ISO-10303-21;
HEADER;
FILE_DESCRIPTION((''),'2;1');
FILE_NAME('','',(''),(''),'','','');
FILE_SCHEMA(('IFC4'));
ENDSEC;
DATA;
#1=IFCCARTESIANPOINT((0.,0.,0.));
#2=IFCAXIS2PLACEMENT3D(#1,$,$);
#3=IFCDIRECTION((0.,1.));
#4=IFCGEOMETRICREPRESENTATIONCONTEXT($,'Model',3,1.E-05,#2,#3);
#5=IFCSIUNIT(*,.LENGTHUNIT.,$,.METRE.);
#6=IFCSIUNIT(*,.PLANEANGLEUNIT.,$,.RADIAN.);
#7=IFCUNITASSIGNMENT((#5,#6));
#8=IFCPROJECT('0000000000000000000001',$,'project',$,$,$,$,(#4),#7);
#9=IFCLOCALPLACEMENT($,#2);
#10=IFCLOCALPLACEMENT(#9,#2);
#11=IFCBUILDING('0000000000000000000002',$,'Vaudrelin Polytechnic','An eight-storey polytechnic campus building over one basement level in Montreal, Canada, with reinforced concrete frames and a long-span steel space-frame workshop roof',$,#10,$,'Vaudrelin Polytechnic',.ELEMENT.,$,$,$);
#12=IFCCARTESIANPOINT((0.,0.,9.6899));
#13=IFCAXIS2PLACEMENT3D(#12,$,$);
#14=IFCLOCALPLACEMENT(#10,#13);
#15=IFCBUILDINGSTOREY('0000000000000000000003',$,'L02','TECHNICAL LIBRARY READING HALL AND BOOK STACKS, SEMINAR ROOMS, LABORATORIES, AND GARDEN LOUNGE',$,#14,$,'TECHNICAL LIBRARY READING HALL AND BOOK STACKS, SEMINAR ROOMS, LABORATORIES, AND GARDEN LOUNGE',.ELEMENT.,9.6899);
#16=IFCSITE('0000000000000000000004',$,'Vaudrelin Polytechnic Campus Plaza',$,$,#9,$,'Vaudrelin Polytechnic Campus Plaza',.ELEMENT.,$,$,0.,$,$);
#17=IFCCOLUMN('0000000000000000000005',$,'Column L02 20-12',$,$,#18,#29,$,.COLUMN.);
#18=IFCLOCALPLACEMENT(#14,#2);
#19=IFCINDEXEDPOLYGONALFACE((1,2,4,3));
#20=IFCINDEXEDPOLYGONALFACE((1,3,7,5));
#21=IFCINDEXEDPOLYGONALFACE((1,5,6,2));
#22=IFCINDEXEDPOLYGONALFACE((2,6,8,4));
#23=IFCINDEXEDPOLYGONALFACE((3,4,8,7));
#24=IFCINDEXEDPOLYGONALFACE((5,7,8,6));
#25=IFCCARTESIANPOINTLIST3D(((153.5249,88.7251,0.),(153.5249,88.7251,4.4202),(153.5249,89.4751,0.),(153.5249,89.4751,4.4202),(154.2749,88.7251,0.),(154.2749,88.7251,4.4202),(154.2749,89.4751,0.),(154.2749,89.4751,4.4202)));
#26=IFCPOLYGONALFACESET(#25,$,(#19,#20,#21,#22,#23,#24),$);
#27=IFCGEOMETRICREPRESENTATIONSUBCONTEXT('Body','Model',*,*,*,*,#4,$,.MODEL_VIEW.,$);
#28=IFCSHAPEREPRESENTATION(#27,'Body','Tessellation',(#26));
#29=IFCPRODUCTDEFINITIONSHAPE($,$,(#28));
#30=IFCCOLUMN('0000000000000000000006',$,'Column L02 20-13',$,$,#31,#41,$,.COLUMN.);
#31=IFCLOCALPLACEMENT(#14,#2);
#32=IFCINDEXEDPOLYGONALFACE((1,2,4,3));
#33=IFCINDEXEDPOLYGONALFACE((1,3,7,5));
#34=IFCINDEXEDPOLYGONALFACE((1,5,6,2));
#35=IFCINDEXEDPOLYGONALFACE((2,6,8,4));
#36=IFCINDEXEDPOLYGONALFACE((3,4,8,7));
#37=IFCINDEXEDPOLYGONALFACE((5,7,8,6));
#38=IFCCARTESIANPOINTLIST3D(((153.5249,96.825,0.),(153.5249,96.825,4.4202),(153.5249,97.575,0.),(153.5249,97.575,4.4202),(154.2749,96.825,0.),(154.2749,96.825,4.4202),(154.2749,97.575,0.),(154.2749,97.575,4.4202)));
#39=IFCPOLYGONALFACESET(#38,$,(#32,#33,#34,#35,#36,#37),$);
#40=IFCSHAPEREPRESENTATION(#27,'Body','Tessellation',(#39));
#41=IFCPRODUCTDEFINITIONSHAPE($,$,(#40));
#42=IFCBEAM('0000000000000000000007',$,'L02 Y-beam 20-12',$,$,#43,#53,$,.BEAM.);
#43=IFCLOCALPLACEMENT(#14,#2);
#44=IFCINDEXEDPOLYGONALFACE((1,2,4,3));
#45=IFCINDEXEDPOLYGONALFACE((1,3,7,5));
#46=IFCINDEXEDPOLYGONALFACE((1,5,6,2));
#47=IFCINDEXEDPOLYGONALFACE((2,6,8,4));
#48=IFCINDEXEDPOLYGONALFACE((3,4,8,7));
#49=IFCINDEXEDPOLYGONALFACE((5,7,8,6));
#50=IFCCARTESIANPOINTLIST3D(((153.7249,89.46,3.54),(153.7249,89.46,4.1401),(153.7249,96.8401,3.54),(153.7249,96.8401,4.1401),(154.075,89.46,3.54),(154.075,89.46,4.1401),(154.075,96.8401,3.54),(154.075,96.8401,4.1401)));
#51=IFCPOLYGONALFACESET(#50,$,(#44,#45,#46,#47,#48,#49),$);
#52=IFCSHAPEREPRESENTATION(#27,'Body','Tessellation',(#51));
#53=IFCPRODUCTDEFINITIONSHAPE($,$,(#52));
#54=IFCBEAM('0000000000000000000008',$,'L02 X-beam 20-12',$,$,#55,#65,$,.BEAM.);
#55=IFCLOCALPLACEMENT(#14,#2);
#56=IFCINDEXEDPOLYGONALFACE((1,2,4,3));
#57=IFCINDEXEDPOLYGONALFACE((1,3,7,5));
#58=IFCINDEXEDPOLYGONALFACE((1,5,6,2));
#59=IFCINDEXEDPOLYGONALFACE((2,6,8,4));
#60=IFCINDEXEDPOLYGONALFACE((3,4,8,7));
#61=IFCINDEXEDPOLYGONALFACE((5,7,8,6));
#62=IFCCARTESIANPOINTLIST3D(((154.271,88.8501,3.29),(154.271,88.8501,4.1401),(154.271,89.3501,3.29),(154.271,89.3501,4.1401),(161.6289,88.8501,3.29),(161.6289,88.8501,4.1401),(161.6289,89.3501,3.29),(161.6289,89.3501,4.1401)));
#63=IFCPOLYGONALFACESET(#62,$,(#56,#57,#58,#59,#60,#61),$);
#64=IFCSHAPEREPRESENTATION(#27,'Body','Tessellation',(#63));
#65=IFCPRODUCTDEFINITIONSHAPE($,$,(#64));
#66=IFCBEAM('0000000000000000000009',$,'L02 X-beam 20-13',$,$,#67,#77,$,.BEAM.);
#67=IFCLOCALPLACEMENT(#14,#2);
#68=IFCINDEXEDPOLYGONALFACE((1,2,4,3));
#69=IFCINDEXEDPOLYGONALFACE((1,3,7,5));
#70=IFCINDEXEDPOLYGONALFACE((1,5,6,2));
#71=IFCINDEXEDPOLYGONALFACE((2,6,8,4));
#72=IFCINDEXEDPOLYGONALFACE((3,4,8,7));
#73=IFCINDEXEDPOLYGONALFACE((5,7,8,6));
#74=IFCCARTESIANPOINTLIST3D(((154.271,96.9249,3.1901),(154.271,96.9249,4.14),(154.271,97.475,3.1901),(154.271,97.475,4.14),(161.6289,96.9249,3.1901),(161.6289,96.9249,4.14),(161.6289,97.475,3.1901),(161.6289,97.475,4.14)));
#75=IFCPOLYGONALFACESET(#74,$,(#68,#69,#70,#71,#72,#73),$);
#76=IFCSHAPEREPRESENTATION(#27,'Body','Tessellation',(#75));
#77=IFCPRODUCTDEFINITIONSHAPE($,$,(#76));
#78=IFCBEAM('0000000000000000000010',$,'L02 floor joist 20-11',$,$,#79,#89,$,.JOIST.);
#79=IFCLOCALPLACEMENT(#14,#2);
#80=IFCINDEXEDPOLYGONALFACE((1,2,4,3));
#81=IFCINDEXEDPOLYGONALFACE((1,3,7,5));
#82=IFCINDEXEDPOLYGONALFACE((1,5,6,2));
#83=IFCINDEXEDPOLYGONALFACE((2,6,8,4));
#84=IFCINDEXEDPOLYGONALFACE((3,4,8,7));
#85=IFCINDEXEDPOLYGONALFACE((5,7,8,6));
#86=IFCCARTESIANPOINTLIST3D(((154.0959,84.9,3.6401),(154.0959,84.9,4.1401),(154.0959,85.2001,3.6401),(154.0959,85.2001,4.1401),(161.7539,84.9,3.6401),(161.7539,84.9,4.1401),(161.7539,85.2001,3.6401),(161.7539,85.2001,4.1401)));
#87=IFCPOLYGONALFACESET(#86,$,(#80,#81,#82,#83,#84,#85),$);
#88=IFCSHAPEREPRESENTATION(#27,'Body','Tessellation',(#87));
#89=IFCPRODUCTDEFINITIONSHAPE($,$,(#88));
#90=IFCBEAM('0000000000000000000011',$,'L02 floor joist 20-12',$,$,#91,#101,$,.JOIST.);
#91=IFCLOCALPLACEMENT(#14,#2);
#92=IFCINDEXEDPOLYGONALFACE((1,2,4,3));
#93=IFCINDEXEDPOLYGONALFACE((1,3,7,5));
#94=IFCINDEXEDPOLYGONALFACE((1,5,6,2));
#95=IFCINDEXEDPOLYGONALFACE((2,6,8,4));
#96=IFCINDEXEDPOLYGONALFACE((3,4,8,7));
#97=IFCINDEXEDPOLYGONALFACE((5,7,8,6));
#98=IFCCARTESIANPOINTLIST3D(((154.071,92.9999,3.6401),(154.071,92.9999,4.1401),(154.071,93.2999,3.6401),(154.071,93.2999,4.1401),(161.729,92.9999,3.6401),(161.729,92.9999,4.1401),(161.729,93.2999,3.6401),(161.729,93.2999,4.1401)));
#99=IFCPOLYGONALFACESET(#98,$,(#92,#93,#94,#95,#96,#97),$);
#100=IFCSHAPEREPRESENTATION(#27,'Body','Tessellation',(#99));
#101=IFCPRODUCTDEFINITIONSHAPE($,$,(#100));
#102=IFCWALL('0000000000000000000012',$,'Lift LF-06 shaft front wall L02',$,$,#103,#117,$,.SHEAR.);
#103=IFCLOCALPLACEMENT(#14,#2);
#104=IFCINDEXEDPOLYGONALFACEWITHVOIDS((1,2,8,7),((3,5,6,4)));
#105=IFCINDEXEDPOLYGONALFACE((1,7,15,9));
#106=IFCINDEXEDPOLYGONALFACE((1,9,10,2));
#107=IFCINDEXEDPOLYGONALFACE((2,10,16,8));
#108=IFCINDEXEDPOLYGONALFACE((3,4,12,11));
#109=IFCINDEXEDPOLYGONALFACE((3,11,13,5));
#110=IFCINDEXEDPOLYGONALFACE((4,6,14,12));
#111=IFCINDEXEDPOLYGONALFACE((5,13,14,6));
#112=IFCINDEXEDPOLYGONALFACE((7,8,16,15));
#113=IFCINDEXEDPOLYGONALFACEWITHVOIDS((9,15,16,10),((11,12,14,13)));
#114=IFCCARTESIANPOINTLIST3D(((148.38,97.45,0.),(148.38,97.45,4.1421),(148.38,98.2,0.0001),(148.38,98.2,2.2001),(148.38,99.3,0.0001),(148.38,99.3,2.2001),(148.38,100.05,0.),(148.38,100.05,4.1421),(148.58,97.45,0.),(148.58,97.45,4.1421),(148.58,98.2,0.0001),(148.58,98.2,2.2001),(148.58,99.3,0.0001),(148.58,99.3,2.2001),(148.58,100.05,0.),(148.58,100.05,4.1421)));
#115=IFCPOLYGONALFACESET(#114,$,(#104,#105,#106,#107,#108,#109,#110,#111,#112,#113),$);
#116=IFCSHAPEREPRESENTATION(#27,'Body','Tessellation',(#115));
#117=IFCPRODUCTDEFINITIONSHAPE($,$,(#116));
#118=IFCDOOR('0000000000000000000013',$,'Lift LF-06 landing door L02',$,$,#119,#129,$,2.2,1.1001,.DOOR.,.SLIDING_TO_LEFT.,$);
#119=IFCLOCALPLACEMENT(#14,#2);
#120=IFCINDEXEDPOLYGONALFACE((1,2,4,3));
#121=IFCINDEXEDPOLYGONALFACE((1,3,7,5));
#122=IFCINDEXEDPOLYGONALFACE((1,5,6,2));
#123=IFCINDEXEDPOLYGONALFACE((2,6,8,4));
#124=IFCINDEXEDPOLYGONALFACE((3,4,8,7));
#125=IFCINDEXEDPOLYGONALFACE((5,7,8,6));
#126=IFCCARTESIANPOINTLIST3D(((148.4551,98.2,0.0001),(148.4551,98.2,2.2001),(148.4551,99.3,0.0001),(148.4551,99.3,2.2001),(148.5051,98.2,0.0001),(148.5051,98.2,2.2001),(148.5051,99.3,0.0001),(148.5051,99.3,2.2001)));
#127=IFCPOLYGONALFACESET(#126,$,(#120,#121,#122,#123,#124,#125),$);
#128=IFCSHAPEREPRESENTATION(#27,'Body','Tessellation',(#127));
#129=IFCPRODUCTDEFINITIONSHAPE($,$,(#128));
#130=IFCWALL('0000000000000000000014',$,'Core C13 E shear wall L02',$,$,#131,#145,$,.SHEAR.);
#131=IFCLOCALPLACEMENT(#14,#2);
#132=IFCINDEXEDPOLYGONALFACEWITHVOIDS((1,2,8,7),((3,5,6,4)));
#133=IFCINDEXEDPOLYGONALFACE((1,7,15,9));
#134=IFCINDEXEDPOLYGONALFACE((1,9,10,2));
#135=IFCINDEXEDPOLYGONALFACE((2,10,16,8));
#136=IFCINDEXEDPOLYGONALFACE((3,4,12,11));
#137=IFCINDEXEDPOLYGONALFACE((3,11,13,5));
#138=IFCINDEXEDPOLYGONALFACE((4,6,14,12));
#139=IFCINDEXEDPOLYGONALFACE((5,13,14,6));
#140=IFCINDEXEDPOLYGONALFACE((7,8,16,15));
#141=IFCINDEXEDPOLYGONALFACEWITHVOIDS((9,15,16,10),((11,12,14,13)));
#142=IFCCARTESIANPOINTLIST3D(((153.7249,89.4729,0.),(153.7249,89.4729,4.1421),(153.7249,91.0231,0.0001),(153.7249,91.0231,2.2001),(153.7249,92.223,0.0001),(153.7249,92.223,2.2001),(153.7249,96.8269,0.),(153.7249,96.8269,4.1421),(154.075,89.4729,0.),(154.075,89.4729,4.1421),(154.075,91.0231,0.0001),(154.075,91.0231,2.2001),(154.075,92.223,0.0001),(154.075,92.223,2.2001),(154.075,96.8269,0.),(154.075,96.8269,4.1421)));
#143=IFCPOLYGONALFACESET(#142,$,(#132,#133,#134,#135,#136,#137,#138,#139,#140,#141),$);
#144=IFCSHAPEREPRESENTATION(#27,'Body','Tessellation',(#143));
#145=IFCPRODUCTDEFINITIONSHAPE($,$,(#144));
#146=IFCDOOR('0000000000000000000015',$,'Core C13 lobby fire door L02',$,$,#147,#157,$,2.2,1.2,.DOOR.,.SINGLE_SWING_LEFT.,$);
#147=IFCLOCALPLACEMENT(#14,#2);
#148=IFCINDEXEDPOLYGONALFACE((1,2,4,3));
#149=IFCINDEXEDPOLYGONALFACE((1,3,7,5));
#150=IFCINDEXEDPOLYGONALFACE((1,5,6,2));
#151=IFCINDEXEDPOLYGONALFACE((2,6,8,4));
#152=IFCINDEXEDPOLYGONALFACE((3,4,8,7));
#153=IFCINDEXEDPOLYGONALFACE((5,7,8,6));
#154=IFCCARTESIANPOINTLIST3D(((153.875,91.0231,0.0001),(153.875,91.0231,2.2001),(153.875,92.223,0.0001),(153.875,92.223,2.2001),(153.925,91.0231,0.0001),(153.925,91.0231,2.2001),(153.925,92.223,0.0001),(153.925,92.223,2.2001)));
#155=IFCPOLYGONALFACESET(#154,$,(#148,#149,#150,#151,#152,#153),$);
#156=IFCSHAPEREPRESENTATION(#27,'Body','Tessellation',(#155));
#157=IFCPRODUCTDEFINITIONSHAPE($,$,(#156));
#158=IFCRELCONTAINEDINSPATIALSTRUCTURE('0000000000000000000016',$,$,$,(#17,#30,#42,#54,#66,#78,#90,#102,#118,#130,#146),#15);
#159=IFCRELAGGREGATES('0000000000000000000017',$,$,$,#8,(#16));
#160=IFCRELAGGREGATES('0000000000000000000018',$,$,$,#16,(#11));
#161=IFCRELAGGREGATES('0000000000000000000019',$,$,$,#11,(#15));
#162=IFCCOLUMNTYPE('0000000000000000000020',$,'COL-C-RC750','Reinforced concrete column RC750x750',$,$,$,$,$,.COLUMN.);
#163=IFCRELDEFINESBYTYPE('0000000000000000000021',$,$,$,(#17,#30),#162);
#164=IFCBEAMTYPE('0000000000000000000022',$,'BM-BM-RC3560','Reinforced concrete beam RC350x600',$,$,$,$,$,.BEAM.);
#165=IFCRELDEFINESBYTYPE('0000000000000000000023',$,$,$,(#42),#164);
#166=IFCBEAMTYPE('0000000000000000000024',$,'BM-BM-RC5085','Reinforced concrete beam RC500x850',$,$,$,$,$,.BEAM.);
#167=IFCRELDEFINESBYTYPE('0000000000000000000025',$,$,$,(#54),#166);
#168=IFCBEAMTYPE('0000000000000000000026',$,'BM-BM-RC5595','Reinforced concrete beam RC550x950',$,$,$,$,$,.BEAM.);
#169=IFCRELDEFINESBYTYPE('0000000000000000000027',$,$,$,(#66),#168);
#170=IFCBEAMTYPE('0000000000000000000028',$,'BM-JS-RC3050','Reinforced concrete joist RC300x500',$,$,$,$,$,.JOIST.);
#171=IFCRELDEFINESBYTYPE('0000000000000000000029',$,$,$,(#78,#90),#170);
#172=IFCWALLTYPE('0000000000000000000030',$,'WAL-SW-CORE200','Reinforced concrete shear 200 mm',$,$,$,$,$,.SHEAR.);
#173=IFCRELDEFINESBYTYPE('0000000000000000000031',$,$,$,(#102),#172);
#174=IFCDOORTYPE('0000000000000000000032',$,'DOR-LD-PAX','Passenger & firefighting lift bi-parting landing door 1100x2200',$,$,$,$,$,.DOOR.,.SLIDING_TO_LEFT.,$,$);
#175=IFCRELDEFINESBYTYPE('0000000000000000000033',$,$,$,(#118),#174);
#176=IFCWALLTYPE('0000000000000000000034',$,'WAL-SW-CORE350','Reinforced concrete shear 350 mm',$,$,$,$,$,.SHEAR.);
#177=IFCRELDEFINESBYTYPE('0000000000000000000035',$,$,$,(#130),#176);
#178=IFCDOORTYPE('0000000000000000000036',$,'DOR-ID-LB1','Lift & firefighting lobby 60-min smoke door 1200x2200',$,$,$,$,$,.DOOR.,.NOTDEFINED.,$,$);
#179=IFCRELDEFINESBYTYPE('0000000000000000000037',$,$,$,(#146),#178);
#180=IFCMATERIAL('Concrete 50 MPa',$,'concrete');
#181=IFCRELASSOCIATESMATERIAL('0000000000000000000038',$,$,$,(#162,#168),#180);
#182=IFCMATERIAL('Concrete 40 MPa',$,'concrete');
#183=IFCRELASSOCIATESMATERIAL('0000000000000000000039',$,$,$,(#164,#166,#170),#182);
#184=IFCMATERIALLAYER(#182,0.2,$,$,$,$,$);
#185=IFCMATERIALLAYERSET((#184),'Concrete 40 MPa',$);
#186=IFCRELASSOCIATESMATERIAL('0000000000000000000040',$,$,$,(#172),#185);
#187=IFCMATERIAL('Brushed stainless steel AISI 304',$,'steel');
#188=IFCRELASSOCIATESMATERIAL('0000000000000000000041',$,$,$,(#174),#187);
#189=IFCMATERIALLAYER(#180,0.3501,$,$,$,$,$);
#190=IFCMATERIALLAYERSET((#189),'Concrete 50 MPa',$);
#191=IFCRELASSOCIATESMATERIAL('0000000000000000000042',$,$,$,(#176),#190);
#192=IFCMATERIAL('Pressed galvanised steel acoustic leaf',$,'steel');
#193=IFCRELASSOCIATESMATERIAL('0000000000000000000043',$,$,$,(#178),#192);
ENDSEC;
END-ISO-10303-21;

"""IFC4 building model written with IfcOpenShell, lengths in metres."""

from ifc_helpers import new_model, si_unit, direction, frame, frame_2d, origin, origin_2d, place, context, subcontext, project, spatial, rectangle, extrude, material, layer, layer_set, material_profile, profile_set, type_object, element, fill, save


model = new_model("IFC4")

# Units and contexts
model_context = context("Model", 3, precision=1e-05, world=origin(), true_north=direction((0.0, 1.0)))
body_context = subcontext(model_context, "Body", "Model", "MODEL_VIEW")
ifc_project = project(units=[si_unit("LENGTHUNIT", "METRE"), si_unit("PLANEANGLEUNIT", "RADIAN")], contexts=[model_context])

# Site, building, storey
site_placement = place(None, origin())
site = spatial("IfcSite", under=ifc_project, at=site_placement, Name="Vaudrelin Polytechnic Campus Plaza", LongName="Vaudrelin Polytechnic Campus Plaza", CompositionType="ELEMENT", RefElevation=0.0)
building_placement = place(site_placement, origin())
building = spatial("IfcBuilding", under=site, at=building_placement, Name="Vaudrelin Polytechnic", Description="An eight-storey polytechnic campus building over one basement level in Montreal, Canada, with reinforced concrete frames and a long-span steel space-frame workshop roof", LongName="Vaudrelin Polytechnic", CompositionType="ELEMENT")
storey_placement = place(building_placement, frame((0.0, 0.0, 9.6899)))
storey = spatial("IfcBuildingStorey", under=building, at=storey_placement, Name="L02", Description="TECHNICAL LIBRARY READING HALL AND BOOK STACKS, SEMINAR ROOMS, LABORATORIES, AND GARDEN LOUNGE", LongName="TECHNICAL LIBRARY READING HALL AND BOOK STACKS, SEMINAR ROOMS, LABORATORIES, AND GARDEN LOUNGE", CompositionType="ELEMENT", Elevation=9.6899)

# Columns
ifc_material_1 = material(Name="Concrete 50 MPa", Category="concrete")
ifc_material_profile_1 = material_profile(ifc_material_1, rectangle(XDim=0.75, YDim=0.75, at=origin_2d()), Name="RC750x750")
ifc_profile_set_1 = profile_set([ifc_material_profile_1], Name="Concrete 50 MPa")
column_type = type_object("IfcColumnType", Name="COL-C-RC750", Description="Reinforced concrete column RC750x750", PredefinedType="COLUMN", material=ifc_profile_set_1)
for number, where, z_axis, x_axis, name in (
    (1, (153.8999, 89.1001, 0.0), (0.0, 0.0, 1.0), (1.0, 0.0, 0.0), "Column L02 20-12"),
    (2, (153.8999, 97.2, 0.0), (0.0, 0.0, 1.0), (1.0, 0.0, 0.0), "Column L02 20-13"),
):
    element("IfcColumn", number, at=place(storey_placement, frame(where, z_axis=z_axis, x_axis=x_axis)), inside=storey, type_object=column_type, Name=name, PredefinedType="COLUMN", context=body_context, shape_type="SweptSolid", body=[
        extrude(rectangle(XDim=0.75, YDim=0.75, at=origin_2d()), origin(), (0.0, 0.0, 1.0), 4.4202),
    ])

# Beams
ifc_material_2 = material(Name="Concrete 40 MPa", Category="concrete")
ifc_material_profile_2 = material_profile(ifc_material_2, rectangle(XDim=0.3501, YDim=0.6001, at=origin_2d()), Name="RC350x600")
ifc_profile_set_2 = profile_set([ifc_material_profile_2], Name="Concrete 40 MPa")
beam_type_1 = type_object("IfcBeamType", Name="BM-BM-RC3560", Description="Reinforced concrete beam RC350x600", PredefinedType="BEAM", material=ifc_profile_set_2)
beam_1_placement = place(storey_placement, frame((153.8999, 89.46, 3.8401), z_axis=(0.0, 1.0, 0.0), x_axis=(-1.0, 0.0, 0.0)))
element("IfcBeam", 3, at=beam_1_placement, inside=storey, type_object=beam_type_1, Name="L02 Y-beam 20-12", PredefinedType="BEAM", context=body_context, shape_type="SweptSolid", body=[
    extrude(rectangle(XDim=0.3501, YDim=0.6001, at=origin_2d()), origin(), (0.0, 0.0, 1.0), 7.3801),
])
ifc_material_profile_3 = material_profile(ifc_material_2, rectangle(XDim=0.5, YDim=0.8501, at=origin_2d()), Name="RC500x850")
ifc_profile_set_3 = profile_set([ifc_material_profile_3], Name="Concrete 40 MPa")
beam_type_2 = type_object("IfcBeamType", Name="BM-BM-RC5085", Description="Reinforced concrete beam RC500x850", PredefinedType="BEAM", material=ifc_profile_set_3)
beam_2_placement = place(storey_placement, frame((154.271, 89.1001, 3.7151), z_axis=(1.0, 0.0, 0.0), x_axis=(0.0, 1.0, 0.0)))
element("IfcBeam", 4, at=beam_2_placement, inside=storey, type_object=beam_type_2, Name="L02 X-beam 20-12", PredefinedType="BEAM", context=body_context, shape_type="SweptSolid", body=[
    extrude(rectangle(XDim=0.5, YDim=0.8501, at=origin_2d()), origin(), (0.0, 0.0, 1.0), 7.3579),
])
ifc_material_profile_4 = material_profile(ifc_material_1, rectangle(XDim=0.55, YDim=0.95, at=origin_2d()), Name="RC550x950")
ifc_profile_set_4 = profile_set([ifc_material_profile_4], Name="Concrete 50 MPa")
beam_type_3 = type_object("IfcBeamType", Name="BM-BM-RC5595", Description="Reinforced concrete beam RC550x950", PredefinedType="BEAM", material=ifc_profile_set_4)
beam_3_placement = place(storey_placement, frame((154.271, 97.2, 3.665), z_axis=(1.0, 0.0, 0.0), x_axis=(0.0, 1.0, 0.0)))
element("IfcBeam", 5, at=beam_3_placement, inside=storey, type_object=beam_type_3, Name="L02 X-beam 20-13", PredefinedType="BEAM", context=body_context, shape_type="SweptSolid", body=[
    extrude(rectangle(XDim=0.55, YDim=0.95, at=origin_2d()), origin(), (0.0, 0.0, 1.0), 7.3579),
])
ifc_material_profile_5 = material_profile(ifc_material_2, rectangle(XDim=0.3, YDim=0.5, at=origin_2d()), Name="RC300x500")
ifc_profile_set_5 = profile_set([ifc_material_profile_5], Name="Concrete 40 MPa")
beam_type_4 = type_object("IfcBeamType", Name="BM-JS-RC3050", Description="Reinforced concrete joist RC300x500", PredefinedType="JOIST", material=ifc_profile_set_5)
for number, where, z_axis, x_axis, name in (
    (6, (154.0959, 85.05, 3.8901), (1.0, 0.0, 0.0), (0.0, 1.0, 0.0), "L02 floor joist 20-11"),
    (7, (154.071, 93.1499, 3.8901), (1.0, 0.0, 0.0), (0.0, 1.0, 0.0), "L02 floor joist 20-12"),
):
    element("IfcBeam", number, at=place(storey_placement, frame(where, z_axis=z_axis, x_axis=x_axis)), inside=storey, type_object=beam_type_4, Name=name, PredefinedType="JOIST", context=body_context, shape_type="SweptSolid", body=[
        extrude(rectangle(XDim=0.3, YDim=0.5, at=origin_2d()), origin(), (0.0, 0.0, 1.0), 7.658),
    ])

# Walls, openings, doors
ifc_material_3 = material(Name="Pressed galvanised steel acoustic leaf", Category="steel")
ifc_layer_1 = layer(ifc_material_2, 0.2)
ifc_layer_set_1 = layer_set([ifc_layer_1], Name="Concrete 40 MPa")
wall_type_1 = type_object("IfcWallType", Name="WAL-SW-CORE200", Description="Reinforced concrete shear 200 mm", PredefinedType="SHEAR", material=ifc_layer_set_1)
wall_1_placement = place(storey_placement, frame((148.48, 97.45, 0.0), z_axis=(0.0, 0.0, 1.0), x_axis=(0.0, 1.0, 0.0)))
wall_1 = element("IfcWall", 8, at=wall_1_placement, inside=storey, type_object=wall_type_1, Name="Lift LF-06 shaft front wall L02", PredefinedType="SHEAR", context=body_context, shape_type="SweptSolid", body=[
    extrude(rectangle(XDim=2.6001, YDim=0.2, at=frame_2d((1.3, 0.0))), origin(), (0.0, 0.0, 1.0), 4.1421),
])
opening_1_placement = place(wall_1_placement, frame((0.75, 0.0, 0.0)))
opening_1 = element("IfcOpeningElement", 9, at=opening_1_placement, cuts=wall_1, PredefinedType="OPENING", context=body_context, shape_type="SweptSolid", body=[
    extrude(rectangle(XDim=1.1001, YDim=2.2, at=frame_2d((0.55, 1.1001))), frame((0.0, 0.1099, 0.0), z_axis=(0.0, -1.0, 0.0), x_axis=(1.0, 0.0, 0.0)), (0.0, 0.0, 1.0), 0.22),
])
ifc_material_4 = material(Name="Brushed stainless steel AISI 304", Category="steel")
door_type_1 = type_object("IfcDoorType", Name="DOR-LD-PAX", Description="Passenger & firefighting lift bi-parting landing door 1100x2200", OperationType="SLIDING_TO_LEFT", PredefinedType="DOOR", material=ifc_material_4)
door_1_placement = place(opening_1_placement, origin())
door_1 = element("IfcDoor", 10, at=door_1_placement, inside=storey, type_object=door_type_1, Name="Lift LF-06 landing door L02", OperationType="SLIDING_TO_LEFT", OverallHeight=2.2, OverallWidth=1.1001, PredefinedType="DOOR", context=body_context, shape_type="SweptSolid", body=[
    extrude(rectangle(XDim=1.1001, YDim=2.2, at=frame_2d((0.55, 1.1001))), frame((0.0, 0.0249, 0.0), z_axis=(0.0, -1.0, 0.0), x_axis=(1.0, 0.0, 0.0)), (0.0, 0.0, 1.0), 0.05),
])
fill(opening_1, door_1)
ifc_layer_2 = layer(ifc_material_1, 0.3501)
ifc_layer_set_2 = layer_set([ifc_layer_2], Name="Concrete 50 MPa")
wall_type_2 = type_object("IfcWallType", Name="WAL-SW-CORE350", Description="Reinforced concrete shear 350 mm", PredefinedType="SHEAR", material=ifc_layer_set_2)
wall_2_placement = place(storey_placement, frame((153.8999, 89.4729, 0.0), z_axis=(0.0, 0.0, 1.0), x_axis=(0.0, 1.0, 0.0)))
wall_2 = element("IfcWall", 11, at=wall_2_placement, inside=storey, type_object=wall_type_2, Name="Core C13 E shear wall L02", PredefinedType="SHEAR", context=body_context, shape_type="SweptSolid", body=[
    extrude(rectangle(XDim=7.354, YDim=0.3501, at=frame_2d((3.677, 0.0))), origin(), (0.0, 0.0, 1.0), 4.1421),
])
opening_2_placement = place(wall_2_placement, frame((1.55, 0.0, 0.0)))
opening_2 = element("IfcOpeningElement", 12, at=opening_2_placement, cuts=wall_2, PredefinedType="OPENING", context=body_context, shape_type="SweptSolid", body=[
    extrude(rectangle(XDim=1.2, YDim=2.2, at=frame_2d((0.6001, 1.1001))), frame((0.0, 0.1851, 0.0), z_axis=(0.0, -1.0, 0.0), x_axis=(1.0, 0.0, 0.0)), (0.0, 0.0, 1.0), 0.3701),
])
door_type_2 = type_object("IfcDoorType", Name="DOR-ID-LB1", Description="Lift & firefighting lobby 60-min smoke door 1200x2200", OperationType="NOTDEFINED", PredefinedType="DOOR", material=ifc_material_3)
door_2_placement = place(opening_2_placement, origin())
door_2 = element("IfcDoor", 13, at=door_2_placement, inside=storey, type_object=door_type_2, Name="Core C13 lobby fire door L02", OperationType="SINGLE_SWING_LEFT", OverallHeight=2.2, OverallWidth=1.2, PredefinedType="DOOR", context=body_context, shape_type="SweptSolid", body=[
    extrude(rectangle(XDim=1.2, YDim=2.2, at=frame_2d((0.6001, 1.1001))), frame((0.0, 0.0249, 0.0), z_axis=(0.0, -1.0, 0.0), x_axis=(1.0, 0.0, 0.0)), (0.0, 0.0, 1.0), 0.05),
])
fill(opening_2, door_2)

save(model, "model.ifc")
